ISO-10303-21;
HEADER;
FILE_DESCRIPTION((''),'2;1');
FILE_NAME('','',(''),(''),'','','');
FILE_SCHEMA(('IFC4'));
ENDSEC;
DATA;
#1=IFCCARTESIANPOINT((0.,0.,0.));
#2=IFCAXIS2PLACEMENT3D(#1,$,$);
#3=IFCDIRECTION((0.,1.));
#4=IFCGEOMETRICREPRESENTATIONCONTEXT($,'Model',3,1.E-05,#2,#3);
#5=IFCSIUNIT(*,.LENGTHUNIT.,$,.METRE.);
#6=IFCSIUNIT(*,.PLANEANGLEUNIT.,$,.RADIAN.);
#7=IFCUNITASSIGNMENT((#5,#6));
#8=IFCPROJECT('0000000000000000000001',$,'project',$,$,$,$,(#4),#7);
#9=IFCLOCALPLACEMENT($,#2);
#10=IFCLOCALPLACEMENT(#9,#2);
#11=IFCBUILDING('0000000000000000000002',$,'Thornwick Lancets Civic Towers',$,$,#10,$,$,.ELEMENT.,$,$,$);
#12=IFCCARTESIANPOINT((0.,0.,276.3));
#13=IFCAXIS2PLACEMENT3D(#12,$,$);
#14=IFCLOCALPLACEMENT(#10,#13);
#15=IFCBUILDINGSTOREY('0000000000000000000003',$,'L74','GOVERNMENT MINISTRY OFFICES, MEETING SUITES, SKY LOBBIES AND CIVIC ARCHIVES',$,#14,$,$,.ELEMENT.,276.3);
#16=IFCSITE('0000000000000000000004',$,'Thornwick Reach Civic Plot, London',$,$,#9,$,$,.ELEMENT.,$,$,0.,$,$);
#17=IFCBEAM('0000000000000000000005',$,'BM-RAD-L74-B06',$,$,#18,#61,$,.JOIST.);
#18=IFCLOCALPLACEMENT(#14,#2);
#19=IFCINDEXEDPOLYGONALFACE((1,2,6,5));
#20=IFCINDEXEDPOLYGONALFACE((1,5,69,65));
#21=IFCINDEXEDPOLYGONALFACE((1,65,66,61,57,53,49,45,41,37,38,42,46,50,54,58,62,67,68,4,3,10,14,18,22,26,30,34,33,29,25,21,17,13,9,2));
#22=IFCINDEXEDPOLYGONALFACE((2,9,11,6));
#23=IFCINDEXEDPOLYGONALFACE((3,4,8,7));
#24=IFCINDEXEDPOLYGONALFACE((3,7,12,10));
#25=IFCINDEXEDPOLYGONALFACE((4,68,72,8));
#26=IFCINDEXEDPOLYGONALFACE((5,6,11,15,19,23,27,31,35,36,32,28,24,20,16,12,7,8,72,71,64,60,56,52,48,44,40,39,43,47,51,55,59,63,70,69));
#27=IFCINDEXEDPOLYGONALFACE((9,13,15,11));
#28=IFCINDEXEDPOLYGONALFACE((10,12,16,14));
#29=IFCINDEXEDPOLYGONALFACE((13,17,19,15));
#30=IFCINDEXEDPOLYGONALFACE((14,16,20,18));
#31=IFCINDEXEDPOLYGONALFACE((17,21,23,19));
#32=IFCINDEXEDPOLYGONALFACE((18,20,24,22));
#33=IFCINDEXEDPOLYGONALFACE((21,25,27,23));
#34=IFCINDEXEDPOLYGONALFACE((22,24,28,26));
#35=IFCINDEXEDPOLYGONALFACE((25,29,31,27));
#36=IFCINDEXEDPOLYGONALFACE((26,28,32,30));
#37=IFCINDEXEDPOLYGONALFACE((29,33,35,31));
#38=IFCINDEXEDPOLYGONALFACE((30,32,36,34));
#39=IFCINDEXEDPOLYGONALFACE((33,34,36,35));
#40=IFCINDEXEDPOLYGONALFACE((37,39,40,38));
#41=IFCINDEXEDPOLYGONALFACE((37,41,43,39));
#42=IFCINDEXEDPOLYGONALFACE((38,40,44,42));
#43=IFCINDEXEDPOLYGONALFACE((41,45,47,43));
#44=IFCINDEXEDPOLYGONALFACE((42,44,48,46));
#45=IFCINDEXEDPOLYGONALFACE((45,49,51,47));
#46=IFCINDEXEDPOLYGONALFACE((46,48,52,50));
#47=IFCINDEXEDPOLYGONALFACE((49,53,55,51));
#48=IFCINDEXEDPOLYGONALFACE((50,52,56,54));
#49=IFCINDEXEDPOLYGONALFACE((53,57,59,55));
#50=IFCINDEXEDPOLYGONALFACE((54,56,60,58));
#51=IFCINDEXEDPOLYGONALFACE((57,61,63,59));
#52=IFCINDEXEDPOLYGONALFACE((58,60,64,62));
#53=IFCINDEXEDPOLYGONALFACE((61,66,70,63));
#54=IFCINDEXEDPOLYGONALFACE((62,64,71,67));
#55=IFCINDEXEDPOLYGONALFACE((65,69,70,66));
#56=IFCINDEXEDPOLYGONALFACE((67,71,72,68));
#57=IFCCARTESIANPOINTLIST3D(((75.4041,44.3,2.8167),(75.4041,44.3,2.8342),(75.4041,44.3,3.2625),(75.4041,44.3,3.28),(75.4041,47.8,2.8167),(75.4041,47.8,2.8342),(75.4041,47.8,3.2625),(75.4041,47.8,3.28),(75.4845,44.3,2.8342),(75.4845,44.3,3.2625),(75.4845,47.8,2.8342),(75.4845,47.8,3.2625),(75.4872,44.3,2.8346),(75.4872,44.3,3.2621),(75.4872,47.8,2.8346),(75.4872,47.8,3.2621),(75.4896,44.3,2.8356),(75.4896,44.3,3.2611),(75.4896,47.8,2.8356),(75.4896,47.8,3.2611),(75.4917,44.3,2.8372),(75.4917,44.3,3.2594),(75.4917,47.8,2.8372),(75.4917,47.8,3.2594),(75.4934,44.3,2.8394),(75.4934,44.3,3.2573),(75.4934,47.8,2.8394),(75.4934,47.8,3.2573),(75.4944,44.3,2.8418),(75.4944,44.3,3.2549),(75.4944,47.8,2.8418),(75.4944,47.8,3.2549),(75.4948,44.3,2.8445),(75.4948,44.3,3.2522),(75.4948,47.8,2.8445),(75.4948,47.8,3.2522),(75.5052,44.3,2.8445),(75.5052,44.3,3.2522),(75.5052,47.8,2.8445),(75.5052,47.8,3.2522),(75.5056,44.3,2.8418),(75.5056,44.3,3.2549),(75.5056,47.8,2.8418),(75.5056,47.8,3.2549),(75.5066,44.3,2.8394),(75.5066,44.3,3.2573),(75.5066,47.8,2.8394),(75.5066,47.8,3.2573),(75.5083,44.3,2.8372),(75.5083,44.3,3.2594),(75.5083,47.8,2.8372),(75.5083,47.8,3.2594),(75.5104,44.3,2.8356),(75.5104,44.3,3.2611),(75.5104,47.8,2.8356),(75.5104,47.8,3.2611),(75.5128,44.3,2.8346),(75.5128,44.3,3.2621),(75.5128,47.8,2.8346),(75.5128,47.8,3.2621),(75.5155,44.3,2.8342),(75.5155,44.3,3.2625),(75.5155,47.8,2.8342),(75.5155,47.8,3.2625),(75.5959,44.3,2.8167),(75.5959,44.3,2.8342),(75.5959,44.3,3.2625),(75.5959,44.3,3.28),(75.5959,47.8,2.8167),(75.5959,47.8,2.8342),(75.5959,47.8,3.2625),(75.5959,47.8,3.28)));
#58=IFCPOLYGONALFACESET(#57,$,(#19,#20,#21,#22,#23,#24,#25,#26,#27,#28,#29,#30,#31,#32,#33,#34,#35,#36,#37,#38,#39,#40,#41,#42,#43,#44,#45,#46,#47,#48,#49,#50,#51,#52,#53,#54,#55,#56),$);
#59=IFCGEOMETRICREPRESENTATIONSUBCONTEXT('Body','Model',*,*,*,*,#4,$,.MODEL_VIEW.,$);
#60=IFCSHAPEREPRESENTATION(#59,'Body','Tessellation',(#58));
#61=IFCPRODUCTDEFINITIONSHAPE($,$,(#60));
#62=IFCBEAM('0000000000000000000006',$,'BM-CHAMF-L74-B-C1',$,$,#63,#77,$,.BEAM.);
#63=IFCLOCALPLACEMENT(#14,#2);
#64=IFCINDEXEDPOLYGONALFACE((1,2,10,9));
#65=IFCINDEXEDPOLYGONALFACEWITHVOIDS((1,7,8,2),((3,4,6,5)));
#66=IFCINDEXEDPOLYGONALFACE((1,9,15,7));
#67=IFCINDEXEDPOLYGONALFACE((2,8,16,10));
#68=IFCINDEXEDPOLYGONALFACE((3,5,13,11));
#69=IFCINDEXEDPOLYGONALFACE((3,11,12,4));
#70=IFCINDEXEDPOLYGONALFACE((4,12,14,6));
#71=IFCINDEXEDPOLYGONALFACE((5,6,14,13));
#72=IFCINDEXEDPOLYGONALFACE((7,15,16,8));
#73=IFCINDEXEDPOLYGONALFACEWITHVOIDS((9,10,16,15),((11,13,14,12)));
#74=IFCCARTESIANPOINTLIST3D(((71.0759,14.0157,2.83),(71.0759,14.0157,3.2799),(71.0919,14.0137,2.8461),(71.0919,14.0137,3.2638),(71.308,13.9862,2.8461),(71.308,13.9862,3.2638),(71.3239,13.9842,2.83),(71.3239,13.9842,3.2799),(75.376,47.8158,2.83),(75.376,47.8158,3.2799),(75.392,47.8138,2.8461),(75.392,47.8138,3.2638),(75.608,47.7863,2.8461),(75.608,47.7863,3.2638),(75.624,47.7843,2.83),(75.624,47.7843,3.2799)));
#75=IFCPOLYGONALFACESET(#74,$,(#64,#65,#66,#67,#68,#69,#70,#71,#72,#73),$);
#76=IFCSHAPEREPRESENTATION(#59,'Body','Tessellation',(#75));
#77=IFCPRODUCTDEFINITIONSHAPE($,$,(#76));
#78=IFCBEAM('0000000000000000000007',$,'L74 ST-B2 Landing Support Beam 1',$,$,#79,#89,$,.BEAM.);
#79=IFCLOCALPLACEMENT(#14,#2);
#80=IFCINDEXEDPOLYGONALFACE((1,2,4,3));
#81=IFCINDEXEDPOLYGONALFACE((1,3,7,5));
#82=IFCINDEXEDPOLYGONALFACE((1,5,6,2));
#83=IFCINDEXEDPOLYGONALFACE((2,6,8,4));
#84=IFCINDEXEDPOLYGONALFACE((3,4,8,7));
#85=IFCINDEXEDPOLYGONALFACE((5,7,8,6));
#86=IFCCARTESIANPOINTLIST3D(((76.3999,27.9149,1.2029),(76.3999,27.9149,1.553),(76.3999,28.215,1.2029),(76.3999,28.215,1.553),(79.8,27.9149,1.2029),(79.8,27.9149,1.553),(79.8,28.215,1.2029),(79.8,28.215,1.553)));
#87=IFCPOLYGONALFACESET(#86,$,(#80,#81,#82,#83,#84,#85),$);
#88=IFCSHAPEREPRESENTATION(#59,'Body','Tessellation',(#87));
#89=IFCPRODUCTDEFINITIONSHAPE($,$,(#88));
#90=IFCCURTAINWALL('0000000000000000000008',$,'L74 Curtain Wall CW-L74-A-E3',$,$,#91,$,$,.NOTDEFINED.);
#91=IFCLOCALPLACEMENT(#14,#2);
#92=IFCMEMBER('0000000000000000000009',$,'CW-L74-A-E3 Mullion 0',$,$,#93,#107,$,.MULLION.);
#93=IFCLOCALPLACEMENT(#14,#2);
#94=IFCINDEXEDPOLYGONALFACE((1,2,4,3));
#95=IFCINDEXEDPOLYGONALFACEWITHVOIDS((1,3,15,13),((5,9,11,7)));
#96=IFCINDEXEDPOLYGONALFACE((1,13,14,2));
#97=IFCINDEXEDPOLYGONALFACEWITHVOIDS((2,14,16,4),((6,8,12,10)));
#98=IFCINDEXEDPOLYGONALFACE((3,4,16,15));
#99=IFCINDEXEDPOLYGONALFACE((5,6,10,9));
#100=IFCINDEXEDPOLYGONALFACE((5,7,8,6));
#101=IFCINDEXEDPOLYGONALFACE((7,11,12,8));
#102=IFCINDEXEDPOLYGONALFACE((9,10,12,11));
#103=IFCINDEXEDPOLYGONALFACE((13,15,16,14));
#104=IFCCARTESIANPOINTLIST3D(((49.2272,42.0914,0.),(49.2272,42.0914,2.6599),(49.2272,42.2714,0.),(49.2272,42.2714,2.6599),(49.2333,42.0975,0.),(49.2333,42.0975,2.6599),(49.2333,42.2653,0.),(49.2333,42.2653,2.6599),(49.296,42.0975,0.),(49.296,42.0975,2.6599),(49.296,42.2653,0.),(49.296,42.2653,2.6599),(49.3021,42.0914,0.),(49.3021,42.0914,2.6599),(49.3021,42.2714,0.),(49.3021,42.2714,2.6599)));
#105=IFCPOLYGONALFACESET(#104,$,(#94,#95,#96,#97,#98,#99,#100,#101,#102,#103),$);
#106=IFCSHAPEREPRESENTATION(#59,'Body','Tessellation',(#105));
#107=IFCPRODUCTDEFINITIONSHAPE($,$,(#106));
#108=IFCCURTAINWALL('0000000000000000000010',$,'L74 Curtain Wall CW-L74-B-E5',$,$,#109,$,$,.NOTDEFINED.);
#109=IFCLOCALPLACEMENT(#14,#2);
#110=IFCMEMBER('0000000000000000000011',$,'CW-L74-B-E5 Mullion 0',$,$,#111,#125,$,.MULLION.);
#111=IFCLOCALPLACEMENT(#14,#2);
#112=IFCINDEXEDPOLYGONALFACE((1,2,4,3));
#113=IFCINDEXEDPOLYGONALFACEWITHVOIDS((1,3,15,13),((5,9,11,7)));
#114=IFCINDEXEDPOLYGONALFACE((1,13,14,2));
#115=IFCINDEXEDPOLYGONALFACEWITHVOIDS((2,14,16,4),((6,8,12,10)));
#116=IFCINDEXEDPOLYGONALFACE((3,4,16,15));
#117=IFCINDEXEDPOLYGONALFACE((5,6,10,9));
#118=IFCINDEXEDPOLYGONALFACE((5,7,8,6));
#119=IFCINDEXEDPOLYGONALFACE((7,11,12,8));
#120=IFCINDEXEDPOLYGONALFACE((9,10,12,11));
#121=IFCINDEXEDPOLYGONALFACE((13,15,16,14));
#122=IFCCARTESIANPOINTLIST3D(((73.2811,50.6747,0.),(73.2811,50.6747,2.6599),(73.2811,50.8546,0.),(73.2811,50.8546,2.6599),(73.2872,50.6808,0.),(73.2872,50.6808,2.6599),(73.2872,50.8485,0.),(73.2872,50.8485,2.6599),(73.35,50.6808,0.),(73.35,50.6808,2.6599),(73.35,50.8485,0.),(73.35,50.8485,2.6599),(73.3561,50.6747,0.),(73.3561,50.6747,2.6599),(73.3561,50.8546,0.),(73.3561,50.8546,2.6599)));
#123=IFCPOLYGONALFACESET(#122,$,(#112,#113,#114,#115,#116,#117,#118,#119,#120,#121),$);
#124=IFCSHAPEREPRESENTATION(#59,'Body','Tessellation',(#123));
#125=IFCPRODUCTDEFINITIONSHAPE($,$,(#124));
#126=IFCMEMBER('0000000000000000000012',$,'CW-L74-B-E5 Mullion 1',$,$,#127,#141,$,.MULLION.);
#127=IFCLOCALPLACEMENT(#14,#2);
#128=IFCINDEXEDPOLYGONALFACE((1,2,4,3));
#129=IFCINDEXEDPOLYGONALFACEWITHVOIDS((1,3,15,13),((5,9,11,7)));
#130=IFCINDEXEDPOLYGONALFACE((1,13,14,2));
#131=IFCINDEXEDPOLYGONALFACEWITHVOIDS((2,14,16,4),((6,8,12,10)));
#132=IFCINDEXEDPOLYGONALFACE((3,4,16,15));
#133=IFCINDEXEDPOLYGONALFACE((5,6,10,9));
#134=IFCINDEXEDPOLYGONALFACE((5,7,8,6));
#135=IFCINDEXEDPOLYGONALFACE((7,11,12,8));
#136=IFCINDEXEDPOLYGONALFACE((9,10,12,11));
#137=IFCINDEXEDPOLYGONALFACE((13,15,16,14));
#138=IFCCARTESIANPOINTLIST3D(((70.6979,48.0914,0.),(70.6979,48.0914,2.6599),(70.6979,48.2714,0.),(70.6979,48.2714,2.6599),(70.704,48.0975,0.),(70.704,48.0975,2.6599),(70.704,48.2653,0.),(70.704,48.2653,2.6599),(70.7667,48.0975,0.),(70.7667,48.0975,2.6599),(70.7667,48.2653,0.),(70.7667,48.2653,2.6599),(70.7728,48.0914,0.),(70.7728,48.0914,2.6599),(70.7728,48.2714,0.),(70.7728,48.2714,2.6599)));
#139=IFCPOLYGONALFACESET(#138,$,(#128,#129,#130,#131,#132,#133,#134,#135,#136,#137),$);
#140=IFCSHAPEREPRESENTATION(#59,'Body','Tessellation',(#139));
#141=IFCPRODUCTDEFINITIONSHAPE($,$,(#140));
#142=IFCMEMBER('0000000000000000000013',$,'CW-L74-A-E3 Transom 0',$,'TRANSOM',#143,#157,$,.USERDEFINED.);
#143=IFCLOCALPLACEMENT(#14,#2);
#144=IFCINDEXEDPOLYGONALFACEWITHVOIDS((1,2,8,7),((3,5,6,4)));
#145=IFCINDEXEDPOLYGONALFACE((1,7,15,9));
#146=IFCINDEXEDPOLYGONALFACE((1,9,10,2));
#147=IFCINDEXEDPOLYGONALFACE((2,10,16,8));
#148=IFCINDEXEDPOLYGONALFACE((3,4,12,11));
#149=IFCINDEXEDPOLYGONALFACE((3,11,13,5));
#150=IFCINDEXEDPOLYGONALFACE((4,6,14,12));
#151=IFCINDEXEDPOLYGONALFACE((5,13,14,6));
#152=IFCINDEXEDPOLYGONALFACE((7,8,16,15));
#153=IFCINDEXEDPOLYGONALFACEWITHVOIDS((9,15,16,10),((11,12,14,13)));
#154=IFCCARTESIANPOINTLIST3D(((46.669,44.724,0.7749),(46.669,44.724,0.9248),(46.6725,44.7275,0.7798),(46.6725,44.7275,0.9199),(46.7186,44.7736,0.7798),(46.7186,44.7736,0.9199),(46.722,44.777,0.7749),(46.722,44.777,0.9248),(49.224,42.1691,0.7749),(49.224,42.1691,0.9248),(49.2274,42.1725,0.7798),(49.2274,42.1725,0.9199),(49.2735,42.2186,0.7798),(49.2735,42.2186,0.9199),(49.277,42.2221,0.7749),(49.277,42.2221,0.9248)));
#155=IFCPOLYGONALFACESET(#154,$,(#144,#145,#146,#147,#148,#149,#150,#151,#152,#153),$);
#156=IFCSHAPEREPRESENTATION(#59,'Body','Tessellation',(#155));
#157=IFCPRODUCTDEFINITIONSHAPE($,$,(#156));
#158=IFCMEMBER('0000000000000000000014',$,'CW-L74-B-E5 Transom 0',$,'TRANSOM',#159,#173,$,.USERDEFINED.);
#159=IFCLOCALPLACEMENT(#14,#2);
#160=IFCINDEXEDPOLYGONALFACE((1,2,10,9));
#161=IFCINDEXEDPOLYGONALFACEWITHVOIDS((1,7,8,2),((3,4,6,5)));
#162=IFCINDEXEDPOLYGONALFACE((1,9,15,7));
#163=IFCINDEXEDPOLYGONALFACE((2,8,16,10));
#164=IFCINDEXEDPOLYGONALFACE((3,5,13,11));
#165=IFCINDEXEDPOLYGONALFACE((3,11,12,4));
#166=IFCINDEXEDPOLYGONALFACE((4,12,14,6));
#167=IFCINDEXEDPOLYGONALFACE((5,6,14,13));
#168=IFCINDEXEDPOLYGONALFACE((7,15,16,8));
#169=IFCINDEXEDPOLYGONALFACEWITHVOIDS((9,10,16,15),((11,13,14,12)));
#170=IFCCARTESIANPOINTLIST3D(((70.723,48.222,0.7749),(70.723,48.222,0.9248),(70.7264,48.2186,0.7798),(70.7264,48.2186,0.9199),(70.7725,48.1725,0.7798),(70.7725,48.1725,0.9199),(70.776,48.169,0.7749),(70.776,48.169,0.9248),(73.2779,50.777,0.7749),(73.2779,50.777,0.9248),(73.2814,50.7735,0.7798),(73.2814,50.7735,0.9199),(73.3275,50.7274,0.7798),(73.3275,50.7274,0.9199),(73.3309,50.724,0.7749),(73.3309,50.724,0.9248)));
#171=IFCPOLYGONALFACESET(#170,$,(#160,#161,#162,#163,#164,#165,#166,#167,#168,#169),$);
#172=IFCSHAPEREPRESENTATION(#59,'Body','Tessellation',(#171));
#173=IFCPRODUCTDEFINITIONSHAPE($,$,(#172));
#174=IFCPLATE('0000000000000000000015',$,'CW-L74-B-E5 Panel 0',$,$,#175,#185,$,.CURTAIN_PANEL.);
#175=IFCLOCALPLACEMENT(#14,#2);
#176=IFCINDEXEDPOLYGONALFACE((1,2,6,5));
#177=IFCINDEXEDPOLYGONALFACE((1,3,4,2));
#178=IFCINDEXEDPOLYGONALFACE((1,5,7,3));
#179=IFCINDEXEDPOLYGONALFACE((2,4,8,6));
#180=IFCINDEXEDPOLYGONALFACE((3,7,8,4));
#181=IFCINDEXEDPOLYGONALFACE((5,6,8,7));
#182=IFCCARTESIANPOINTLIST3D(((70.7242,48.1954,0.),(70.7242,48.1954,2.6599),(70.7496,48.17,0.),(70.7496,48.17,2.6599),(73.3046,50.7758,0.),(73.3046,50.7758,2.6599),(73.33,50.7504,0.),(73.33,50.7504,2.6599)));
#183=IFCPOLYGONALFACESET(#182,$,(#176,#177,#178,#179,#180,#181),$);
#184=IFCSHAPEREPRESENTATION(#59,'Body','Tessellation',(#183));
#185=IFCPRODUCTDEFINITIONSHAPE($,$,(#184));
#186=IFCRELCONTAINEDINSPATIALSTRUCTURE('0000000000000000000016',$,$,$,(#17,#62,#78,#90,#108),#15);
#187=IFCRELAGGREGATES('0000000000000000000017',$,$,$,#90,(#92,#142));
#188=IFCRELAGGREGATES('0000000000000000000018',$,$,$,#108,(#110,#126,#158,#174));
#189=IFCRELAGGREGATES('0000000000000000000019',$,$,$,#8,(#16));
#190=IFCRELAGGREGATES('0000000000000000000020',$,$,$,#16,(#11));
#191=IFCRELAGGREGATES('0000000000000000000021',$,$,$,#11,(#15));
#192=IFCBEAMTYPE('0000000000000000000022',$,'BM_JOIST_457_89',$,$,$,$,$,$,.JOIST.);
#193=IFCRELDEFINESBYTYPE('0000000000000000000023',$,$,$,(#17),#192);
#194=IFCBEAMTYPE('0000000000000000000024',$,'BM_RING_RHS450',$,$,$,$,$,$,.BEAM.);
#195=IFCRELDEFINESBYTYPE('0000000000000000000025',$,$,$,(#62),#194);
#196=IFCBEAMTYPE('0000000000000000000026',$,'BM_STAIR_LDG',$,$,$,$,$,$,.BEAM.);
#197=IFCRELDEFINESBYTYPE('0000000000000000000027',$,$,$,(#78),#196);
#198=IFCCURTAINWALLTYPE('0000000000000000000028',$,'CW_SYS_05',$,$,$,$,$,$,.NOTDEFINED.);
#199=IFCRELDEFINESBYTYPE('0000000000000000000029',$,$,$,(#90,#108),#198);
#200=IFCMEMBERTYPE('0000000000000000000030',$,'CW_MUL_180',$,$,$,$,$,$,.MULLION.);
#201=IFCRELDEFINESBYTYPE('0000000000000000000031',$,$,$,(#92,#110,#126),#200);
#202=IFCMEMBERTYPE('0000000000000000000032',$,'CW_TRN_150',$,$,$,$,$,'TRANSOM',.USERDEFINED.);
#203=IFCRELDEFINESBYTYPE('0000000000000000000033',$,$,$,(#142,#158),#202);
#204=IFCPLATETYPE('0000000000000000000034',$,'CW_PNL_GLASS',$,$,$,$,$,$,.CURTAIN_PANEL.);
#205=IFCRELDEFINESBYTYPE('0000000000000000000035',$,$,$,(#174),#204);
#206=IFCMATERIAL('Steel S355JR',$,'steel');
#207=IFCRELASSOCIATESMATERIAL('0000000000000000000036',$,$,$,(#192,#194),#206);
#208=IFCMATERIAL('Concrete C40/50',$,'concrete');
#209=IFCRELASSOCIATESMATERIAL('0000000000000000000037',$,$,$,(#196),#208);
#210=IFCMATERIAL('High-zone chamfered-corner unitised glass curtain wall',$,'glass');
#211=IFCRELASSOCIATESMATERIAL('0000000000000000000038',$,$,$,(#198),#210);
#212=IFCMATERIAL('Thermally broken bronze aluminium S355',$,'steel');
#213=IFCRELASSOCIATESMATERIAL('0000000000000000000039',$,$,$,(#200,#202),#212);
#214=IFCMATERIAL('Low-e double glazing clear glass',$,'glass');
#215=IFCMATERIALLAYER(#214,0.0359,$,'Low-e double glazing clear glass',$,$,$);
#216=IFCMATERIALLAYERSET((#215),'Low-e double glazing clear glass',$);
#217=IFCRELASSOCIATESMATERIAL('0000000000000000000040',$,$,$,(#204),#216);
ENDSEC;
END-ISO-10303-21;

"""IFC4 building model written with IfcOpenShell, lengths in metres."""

from ifc_helpers import new_model, si_unit, direction, frame, origin, origin_2d, place, context, subcontext, project, spatial, rectangle, hollow_rectangle, i_section, extrude, material, layer, layer_set, material_profile, profile_set, type_object, element, aggregate, save


model = new_model("IFC4")

# Units and contexts
model_context = context("Model", 3, precision=1e-05, world=origin(), true_north=direction((0.0, 1.0)))
body_context = subcontext(model_context, "Body", "Model", "MODEL_VIEW")
ifc_project = project(units=[si_unit("LENGTHUNIT", "METRE"), si_unit("PLANEANGLEUNIT", "RADIAN")], contexts=[model_context])

# Site, building, storey
site_placement = place(None, origin())
site = spatial("IfcSite", under=ifc_project, at=site_placement, Name="Thornwick Reach Civic Plot, London", CompositionType="ELEMENT", RefElevation=0.0)
building_placement = place(site_placement, origin())
building = spatial("IfcBuilding", under=site, at=building_placement, Name="Thornwick Lancets Civic Towers", CompositionType="ELEMENT")
storey_placement = place(building_placement, frame((0.0, 0.0, 276.3)))
storey = spatial("IfcBuildingStorey", under=building, at=storey_placement, Name="L74", Description="GOVERNMENT MINISTRY OFFICES, MEETING SUITES, SKY LOBBIES AND CIVIC ARCHIVES", CompositionType="ELEMENT", Elevation=276.3)

# Shared definitions
ifc_material_1 = material(Name="Steel S355JR", Category="steel")

# Beams
ifc_material_profile_1 = material_profile(ifc_material_1, i_section(OverallWidth=0.1919, OverallDepth=0.4634, WebThickness=0.0105, FlangeThickness=0.0176, FilletRadius=0.0103, at=origin_2d()), Name="UKB 457x191x89")
ifc_profile_set_1 = profile_set([ifc_material_profile_1], Name="Steel S355JR")
beam_type_1 = type_object("IfcBeamType", Name="BM_JOIST_457_89", PredefinedType="JOIST", material=ifc_profile_set_1)
beam_1_placement = place(storey_placement, frame((75.5, 44.3, 3.0483), z_axis=(0.0, 1.0, 0.0), x_axis=(-1.0, 0.0, 0.0)))
element("IfcBeam", 1, at=beam_1_placement, inside=storey, type_object=beam_type_1, Name="BM-RAD-L74-B06", PredefinedType="JOIST", context=body_context, shape_type="SweptSolid", body=[
    extrude(i_section(OverallWidth=0.1919, OverallDepth=0.4634, WebThickness=0.0105, FlangeThickness=0.0176, FilletRadius=0.0103, at=origin_2d()), origin(), (0.0, 0.0, 1.0), 3.5),
])
ifc_material_profile_2 = material_profile(ifc_material_1, hollow_rectangle(XDim=0.25, YDim=0.45, WallThickness=0.0161, at=origin_2d()), Name="RHS 450x250x16")
ifc_profile_set_2 = profile_set([ifc_material_profile_2], Name="Steel S355JR")
beam_type_2 = type_object("IfcBeamType", Name="BM_RING_RHS450", PredefinedType="BEAM", material=ifc_profile_set_2)
beam_2_placement = place(storey_placement, frame((75.5, 47.8, 3.0549), z_axis=(-0.126203, -0.992004, 0.0), x_axis=(0.992004, -0.126203, 0.0)))
element("IfcBeam", 2, at=beam_2_placement, inside=storey, type_object=beam_type_2, Name="BM-CHAMF-L74-B-C1", PredefinedType="BEAM", context=body_context, shape_type="SweptSolid", body=[
    extrude(hollow_rectangle(XDim=0.25, YDim=0.45, WallThickness=0.0161, at=origin_2d()), origin(), (0.0, 0.0, 1.0), 34.0725),
])
ifc_material_2 = material(Name="Concrete C40/50", Category="concrete")
ifc_material_profile_3 = material_profile(ifc_material_2, rectangle(XDim=0.3, YDim=0.3501, at=origin_2d()), Name="RC 300x350")
ifc_profile_set_3 = profile_set([ifc_material_profile_3], Name="Concrete C40/50")
beam_type_3 = type_object("IfcBeamType", Name="BM_STAIR_LDG", PredefinedType="BEAM", material=ifc_profile_set_3)
beam_3_placement = place(storey_placement, frame((76.3999, 28.0649, 1.3779), z_axis=(1.0, 0.0, 0.0), x_axis=(0.0, 1.0, 0.0)))
element("IfcBeam", 3, at=beam_3_placement, inside=storey, type_object=beam_type_3, Name="L74 ST-B2 Landing Support Beam 1", PredefinedType="BEAM", context=body_context, shape_type="SweptSolid", body=[
    extrude(rectangle(XDim=0.3, YDim=0.3501, at=origin_2d()), origin(), (0.0, 0.0, 1.0), 3.4001),
])

# Curtain wall, member
ifc_material_3 = material(Name="High-zone chamfered-corner unitised glass curtain wall", Category="glass")
curtain_wall_type = type_object("IfcCurtainWallType", Name="CW_SYS_05", PredefinedType="NOTDEFINED", material=ifc_material_3)
curtain_wall_1_placement = place(storey_placement, origin())
curtain_wall_1 = element("IfcCurtainWall", 4, at=curtain_wall_1_placement, inside=storey, type_object=curtain_wall_type, Name="L74 Curtain Wall CW-L74-A-E3", PredefinedType="NOTDEFINED")
ifc_material_4 = material(Name="Thermally broken bronze aluminium S355", Category="steel")
ifc_material_profile_4 = material_profile(ifc_material_4, hollow_rectangle(XDim=0.075, YDim=0.1799, WallThickness=0.0061, at=origin_2d()), Name="RHS 180x75x6")
ifc_profile_set_4 = profile_set([ifc_material_profile_4], Name="Thermally broken bronze aluminium S355")
member_type_1 = type_object("IfcMemberType", Name="CW_MUL_180", PredefinedType="MULLION", material=ifc_profile_set_4)
member_1_placement = place(storey_placement, frame((49.2646, 42.1814, 0.0), z_axis=(0.0, 0.0, 1.0), x_axis=(1.0, 0.0, 0.0)))
member_1 = element("IfcMember", 5, at=member_1_placement, type_object=member_type_1, Name="CW-L74-A-E3 Mullion 0", PredefinedType="MULLION", context=body_context, shape_type="SweptSolid", body=[
    extrude(hollow_rectangle(XDim=0.075, YDim=0.1799, WallThickness=0.0061, at=origin_2d()), origin(), (0.0, 0.0, 1.0), 2.6599),
])

# Curtain wall, members
curtain_wall_2_placement = place(storey_placement, origin())
curtain_wall_2 = element("IfcCurtainWall", 6, at=curtain_wall_2_placement, inside=storey, type_object=curtain_wall_type, Name="L74 Curtain Wall CW-L74-B-E5", PredefinedType="NOTDEFINED")
member_2_placement = place(storey_placement, frame((73.3186, 50.7646, 0.0), z_axis=(0.0, 0.0, 1.0), x_axis=(1.0, 0.0, 0.0)))
member_2 = element("IfcMember", 7, at=member_2_placement, type_object=member_type_1, Name="CW-L74-B-E5 Mullion 0", PredefinedType="MULLION", context=body_context, shape_type="SweptSolid", body=[
    extrude(hollow_rectangle(XDim=0.075, YDim=0.1799, WallThickness=0.0061, at=origin_2d()), origin(), (0.0, 0.0, 1.0), 2.6599),
])
member_3_placement = place(storey_placement, frame((70.7354, 48.1814, 0.0), z_axis=(0.0, 0.0, 1.0), x_axis=(1.0, 0.0, 0.0)))
member_3 = element("IfcMember", 8, at=member_3_placement, type_object=member_type_1, Name="CW-L74-B-E5 Mullion 1", PredefinedType="MULLION", context=body_context, shape_type="SweptSolid", body=[
    extrude(hollow_rectangle(XDim=0.075, YDim=0.1799, WallThickness=0.0061, at=origin_2d()), origin(), (0.0, 0.0, 1.0), 2.6599),
])

# Members
ifc_material_profile_5 = material_profile(ifc_material_4, hollow_rectangle(XDim=0.075, YDim=0.1499, WallThickness=0.0049, at=origin_2d()), Name="RHS 150x75x5")
ifc_profile_set_5 = profile_set([ifc_material_profile_5], Name="Thermally broken bronze aluminium S355")
member_type_2 = type_object("IfcMemberType", Name="CW_TRN_150", ElementType="TRANSOM", PredefinedType="USERDEFINED", material=ifc_profile_set_5)
member_4_placement = place(storey_placement, frame((49.2505, 42.1956, 0.8499), z_axis=(-0.707107, 0.707107, 0.0), x_axis=(-0.707107, -0.707107, 0.0)))
member_4 = element("IfcMember", 9, at=member_4_placement, type_object=member_type_2, Name="CW-L74-A-E3 Transom 0", ObjectType="TRANSOM", PredefinedType="USERDEFINED", context=body_context, shape_type="SweptSolid", body=[
    extrude(hollow_rectangle(XDim=0.075, YDim=0.1499, WallThickness=0.0049, at=origin_2d()), origin(), (0.0, 0.0, 1.0), 3.6133),
])
aggregate(curtain_wall_1, [member_1, member_4])
member_5_placement = place(storey_placement, frame((73.3044, 50.7505, 0.8499), z_axis=(-0.707107, -0.707107, 0.0), x_axis=(0.707107, -0.707107, 0.0)))
member_5 = element("IfcMember", 10, at=member_5_placement, type_object=member_type_2, Name="CW-L74-B-E5 Transom 0", ObjectType="TRANSOM", PredefinedType="USERDEFINED", context=body_context, shape_type="SweptSolid", body=[
    extrude(hollow_rectangle(XDim=0.075, YDim=0.1499, WallThickness=0.0049, at=origin_2d()), origin(), (0.0, 0.0, 1.0), 3.6133),
])

# Plate
ifc_material_5 = material(Name="Low-e double glazing clear glass", Category="glass")
ifc_layer_1 = layer(ifc_material_5, 0.0359, Name="Low-e double glazing clear glass")
ifc_layer_set_1 = layer_set([ifc_layer_1], Name="Low-e double glazing clear glass")
plate_type = type_object("IfcPlateType", Name="CW_PNL_GLASS", PredefinedType="CURTAIN_PANEL", material=ifc_layer_set_1)
plate_placement = place(storey_placement, frame((72.0271, 49.4729, 0.0), z_axis=(0.0, 0.0, 1.0), x_axis=(-0.707107, -0.707107, 0.0)))
plate = element("IfcPlate", 11, at=plate_placement, type_object=plate_type, Name="CW-L74-B-E5 Panel 0", PredefinedType="CURTAIN_PANEL", context=body_context, shape_type="SweptSolid", body=[
    extrude(rectangle(XDim=3.6492, YDim=0.0359, at=origin_2d()), origin(), (0.0, 0.0, 1.0), 2.6599),
])
aggregate(curtain_wall_2, [member_2, member_3, member_5, plate])

save(model, "model.ifc")
